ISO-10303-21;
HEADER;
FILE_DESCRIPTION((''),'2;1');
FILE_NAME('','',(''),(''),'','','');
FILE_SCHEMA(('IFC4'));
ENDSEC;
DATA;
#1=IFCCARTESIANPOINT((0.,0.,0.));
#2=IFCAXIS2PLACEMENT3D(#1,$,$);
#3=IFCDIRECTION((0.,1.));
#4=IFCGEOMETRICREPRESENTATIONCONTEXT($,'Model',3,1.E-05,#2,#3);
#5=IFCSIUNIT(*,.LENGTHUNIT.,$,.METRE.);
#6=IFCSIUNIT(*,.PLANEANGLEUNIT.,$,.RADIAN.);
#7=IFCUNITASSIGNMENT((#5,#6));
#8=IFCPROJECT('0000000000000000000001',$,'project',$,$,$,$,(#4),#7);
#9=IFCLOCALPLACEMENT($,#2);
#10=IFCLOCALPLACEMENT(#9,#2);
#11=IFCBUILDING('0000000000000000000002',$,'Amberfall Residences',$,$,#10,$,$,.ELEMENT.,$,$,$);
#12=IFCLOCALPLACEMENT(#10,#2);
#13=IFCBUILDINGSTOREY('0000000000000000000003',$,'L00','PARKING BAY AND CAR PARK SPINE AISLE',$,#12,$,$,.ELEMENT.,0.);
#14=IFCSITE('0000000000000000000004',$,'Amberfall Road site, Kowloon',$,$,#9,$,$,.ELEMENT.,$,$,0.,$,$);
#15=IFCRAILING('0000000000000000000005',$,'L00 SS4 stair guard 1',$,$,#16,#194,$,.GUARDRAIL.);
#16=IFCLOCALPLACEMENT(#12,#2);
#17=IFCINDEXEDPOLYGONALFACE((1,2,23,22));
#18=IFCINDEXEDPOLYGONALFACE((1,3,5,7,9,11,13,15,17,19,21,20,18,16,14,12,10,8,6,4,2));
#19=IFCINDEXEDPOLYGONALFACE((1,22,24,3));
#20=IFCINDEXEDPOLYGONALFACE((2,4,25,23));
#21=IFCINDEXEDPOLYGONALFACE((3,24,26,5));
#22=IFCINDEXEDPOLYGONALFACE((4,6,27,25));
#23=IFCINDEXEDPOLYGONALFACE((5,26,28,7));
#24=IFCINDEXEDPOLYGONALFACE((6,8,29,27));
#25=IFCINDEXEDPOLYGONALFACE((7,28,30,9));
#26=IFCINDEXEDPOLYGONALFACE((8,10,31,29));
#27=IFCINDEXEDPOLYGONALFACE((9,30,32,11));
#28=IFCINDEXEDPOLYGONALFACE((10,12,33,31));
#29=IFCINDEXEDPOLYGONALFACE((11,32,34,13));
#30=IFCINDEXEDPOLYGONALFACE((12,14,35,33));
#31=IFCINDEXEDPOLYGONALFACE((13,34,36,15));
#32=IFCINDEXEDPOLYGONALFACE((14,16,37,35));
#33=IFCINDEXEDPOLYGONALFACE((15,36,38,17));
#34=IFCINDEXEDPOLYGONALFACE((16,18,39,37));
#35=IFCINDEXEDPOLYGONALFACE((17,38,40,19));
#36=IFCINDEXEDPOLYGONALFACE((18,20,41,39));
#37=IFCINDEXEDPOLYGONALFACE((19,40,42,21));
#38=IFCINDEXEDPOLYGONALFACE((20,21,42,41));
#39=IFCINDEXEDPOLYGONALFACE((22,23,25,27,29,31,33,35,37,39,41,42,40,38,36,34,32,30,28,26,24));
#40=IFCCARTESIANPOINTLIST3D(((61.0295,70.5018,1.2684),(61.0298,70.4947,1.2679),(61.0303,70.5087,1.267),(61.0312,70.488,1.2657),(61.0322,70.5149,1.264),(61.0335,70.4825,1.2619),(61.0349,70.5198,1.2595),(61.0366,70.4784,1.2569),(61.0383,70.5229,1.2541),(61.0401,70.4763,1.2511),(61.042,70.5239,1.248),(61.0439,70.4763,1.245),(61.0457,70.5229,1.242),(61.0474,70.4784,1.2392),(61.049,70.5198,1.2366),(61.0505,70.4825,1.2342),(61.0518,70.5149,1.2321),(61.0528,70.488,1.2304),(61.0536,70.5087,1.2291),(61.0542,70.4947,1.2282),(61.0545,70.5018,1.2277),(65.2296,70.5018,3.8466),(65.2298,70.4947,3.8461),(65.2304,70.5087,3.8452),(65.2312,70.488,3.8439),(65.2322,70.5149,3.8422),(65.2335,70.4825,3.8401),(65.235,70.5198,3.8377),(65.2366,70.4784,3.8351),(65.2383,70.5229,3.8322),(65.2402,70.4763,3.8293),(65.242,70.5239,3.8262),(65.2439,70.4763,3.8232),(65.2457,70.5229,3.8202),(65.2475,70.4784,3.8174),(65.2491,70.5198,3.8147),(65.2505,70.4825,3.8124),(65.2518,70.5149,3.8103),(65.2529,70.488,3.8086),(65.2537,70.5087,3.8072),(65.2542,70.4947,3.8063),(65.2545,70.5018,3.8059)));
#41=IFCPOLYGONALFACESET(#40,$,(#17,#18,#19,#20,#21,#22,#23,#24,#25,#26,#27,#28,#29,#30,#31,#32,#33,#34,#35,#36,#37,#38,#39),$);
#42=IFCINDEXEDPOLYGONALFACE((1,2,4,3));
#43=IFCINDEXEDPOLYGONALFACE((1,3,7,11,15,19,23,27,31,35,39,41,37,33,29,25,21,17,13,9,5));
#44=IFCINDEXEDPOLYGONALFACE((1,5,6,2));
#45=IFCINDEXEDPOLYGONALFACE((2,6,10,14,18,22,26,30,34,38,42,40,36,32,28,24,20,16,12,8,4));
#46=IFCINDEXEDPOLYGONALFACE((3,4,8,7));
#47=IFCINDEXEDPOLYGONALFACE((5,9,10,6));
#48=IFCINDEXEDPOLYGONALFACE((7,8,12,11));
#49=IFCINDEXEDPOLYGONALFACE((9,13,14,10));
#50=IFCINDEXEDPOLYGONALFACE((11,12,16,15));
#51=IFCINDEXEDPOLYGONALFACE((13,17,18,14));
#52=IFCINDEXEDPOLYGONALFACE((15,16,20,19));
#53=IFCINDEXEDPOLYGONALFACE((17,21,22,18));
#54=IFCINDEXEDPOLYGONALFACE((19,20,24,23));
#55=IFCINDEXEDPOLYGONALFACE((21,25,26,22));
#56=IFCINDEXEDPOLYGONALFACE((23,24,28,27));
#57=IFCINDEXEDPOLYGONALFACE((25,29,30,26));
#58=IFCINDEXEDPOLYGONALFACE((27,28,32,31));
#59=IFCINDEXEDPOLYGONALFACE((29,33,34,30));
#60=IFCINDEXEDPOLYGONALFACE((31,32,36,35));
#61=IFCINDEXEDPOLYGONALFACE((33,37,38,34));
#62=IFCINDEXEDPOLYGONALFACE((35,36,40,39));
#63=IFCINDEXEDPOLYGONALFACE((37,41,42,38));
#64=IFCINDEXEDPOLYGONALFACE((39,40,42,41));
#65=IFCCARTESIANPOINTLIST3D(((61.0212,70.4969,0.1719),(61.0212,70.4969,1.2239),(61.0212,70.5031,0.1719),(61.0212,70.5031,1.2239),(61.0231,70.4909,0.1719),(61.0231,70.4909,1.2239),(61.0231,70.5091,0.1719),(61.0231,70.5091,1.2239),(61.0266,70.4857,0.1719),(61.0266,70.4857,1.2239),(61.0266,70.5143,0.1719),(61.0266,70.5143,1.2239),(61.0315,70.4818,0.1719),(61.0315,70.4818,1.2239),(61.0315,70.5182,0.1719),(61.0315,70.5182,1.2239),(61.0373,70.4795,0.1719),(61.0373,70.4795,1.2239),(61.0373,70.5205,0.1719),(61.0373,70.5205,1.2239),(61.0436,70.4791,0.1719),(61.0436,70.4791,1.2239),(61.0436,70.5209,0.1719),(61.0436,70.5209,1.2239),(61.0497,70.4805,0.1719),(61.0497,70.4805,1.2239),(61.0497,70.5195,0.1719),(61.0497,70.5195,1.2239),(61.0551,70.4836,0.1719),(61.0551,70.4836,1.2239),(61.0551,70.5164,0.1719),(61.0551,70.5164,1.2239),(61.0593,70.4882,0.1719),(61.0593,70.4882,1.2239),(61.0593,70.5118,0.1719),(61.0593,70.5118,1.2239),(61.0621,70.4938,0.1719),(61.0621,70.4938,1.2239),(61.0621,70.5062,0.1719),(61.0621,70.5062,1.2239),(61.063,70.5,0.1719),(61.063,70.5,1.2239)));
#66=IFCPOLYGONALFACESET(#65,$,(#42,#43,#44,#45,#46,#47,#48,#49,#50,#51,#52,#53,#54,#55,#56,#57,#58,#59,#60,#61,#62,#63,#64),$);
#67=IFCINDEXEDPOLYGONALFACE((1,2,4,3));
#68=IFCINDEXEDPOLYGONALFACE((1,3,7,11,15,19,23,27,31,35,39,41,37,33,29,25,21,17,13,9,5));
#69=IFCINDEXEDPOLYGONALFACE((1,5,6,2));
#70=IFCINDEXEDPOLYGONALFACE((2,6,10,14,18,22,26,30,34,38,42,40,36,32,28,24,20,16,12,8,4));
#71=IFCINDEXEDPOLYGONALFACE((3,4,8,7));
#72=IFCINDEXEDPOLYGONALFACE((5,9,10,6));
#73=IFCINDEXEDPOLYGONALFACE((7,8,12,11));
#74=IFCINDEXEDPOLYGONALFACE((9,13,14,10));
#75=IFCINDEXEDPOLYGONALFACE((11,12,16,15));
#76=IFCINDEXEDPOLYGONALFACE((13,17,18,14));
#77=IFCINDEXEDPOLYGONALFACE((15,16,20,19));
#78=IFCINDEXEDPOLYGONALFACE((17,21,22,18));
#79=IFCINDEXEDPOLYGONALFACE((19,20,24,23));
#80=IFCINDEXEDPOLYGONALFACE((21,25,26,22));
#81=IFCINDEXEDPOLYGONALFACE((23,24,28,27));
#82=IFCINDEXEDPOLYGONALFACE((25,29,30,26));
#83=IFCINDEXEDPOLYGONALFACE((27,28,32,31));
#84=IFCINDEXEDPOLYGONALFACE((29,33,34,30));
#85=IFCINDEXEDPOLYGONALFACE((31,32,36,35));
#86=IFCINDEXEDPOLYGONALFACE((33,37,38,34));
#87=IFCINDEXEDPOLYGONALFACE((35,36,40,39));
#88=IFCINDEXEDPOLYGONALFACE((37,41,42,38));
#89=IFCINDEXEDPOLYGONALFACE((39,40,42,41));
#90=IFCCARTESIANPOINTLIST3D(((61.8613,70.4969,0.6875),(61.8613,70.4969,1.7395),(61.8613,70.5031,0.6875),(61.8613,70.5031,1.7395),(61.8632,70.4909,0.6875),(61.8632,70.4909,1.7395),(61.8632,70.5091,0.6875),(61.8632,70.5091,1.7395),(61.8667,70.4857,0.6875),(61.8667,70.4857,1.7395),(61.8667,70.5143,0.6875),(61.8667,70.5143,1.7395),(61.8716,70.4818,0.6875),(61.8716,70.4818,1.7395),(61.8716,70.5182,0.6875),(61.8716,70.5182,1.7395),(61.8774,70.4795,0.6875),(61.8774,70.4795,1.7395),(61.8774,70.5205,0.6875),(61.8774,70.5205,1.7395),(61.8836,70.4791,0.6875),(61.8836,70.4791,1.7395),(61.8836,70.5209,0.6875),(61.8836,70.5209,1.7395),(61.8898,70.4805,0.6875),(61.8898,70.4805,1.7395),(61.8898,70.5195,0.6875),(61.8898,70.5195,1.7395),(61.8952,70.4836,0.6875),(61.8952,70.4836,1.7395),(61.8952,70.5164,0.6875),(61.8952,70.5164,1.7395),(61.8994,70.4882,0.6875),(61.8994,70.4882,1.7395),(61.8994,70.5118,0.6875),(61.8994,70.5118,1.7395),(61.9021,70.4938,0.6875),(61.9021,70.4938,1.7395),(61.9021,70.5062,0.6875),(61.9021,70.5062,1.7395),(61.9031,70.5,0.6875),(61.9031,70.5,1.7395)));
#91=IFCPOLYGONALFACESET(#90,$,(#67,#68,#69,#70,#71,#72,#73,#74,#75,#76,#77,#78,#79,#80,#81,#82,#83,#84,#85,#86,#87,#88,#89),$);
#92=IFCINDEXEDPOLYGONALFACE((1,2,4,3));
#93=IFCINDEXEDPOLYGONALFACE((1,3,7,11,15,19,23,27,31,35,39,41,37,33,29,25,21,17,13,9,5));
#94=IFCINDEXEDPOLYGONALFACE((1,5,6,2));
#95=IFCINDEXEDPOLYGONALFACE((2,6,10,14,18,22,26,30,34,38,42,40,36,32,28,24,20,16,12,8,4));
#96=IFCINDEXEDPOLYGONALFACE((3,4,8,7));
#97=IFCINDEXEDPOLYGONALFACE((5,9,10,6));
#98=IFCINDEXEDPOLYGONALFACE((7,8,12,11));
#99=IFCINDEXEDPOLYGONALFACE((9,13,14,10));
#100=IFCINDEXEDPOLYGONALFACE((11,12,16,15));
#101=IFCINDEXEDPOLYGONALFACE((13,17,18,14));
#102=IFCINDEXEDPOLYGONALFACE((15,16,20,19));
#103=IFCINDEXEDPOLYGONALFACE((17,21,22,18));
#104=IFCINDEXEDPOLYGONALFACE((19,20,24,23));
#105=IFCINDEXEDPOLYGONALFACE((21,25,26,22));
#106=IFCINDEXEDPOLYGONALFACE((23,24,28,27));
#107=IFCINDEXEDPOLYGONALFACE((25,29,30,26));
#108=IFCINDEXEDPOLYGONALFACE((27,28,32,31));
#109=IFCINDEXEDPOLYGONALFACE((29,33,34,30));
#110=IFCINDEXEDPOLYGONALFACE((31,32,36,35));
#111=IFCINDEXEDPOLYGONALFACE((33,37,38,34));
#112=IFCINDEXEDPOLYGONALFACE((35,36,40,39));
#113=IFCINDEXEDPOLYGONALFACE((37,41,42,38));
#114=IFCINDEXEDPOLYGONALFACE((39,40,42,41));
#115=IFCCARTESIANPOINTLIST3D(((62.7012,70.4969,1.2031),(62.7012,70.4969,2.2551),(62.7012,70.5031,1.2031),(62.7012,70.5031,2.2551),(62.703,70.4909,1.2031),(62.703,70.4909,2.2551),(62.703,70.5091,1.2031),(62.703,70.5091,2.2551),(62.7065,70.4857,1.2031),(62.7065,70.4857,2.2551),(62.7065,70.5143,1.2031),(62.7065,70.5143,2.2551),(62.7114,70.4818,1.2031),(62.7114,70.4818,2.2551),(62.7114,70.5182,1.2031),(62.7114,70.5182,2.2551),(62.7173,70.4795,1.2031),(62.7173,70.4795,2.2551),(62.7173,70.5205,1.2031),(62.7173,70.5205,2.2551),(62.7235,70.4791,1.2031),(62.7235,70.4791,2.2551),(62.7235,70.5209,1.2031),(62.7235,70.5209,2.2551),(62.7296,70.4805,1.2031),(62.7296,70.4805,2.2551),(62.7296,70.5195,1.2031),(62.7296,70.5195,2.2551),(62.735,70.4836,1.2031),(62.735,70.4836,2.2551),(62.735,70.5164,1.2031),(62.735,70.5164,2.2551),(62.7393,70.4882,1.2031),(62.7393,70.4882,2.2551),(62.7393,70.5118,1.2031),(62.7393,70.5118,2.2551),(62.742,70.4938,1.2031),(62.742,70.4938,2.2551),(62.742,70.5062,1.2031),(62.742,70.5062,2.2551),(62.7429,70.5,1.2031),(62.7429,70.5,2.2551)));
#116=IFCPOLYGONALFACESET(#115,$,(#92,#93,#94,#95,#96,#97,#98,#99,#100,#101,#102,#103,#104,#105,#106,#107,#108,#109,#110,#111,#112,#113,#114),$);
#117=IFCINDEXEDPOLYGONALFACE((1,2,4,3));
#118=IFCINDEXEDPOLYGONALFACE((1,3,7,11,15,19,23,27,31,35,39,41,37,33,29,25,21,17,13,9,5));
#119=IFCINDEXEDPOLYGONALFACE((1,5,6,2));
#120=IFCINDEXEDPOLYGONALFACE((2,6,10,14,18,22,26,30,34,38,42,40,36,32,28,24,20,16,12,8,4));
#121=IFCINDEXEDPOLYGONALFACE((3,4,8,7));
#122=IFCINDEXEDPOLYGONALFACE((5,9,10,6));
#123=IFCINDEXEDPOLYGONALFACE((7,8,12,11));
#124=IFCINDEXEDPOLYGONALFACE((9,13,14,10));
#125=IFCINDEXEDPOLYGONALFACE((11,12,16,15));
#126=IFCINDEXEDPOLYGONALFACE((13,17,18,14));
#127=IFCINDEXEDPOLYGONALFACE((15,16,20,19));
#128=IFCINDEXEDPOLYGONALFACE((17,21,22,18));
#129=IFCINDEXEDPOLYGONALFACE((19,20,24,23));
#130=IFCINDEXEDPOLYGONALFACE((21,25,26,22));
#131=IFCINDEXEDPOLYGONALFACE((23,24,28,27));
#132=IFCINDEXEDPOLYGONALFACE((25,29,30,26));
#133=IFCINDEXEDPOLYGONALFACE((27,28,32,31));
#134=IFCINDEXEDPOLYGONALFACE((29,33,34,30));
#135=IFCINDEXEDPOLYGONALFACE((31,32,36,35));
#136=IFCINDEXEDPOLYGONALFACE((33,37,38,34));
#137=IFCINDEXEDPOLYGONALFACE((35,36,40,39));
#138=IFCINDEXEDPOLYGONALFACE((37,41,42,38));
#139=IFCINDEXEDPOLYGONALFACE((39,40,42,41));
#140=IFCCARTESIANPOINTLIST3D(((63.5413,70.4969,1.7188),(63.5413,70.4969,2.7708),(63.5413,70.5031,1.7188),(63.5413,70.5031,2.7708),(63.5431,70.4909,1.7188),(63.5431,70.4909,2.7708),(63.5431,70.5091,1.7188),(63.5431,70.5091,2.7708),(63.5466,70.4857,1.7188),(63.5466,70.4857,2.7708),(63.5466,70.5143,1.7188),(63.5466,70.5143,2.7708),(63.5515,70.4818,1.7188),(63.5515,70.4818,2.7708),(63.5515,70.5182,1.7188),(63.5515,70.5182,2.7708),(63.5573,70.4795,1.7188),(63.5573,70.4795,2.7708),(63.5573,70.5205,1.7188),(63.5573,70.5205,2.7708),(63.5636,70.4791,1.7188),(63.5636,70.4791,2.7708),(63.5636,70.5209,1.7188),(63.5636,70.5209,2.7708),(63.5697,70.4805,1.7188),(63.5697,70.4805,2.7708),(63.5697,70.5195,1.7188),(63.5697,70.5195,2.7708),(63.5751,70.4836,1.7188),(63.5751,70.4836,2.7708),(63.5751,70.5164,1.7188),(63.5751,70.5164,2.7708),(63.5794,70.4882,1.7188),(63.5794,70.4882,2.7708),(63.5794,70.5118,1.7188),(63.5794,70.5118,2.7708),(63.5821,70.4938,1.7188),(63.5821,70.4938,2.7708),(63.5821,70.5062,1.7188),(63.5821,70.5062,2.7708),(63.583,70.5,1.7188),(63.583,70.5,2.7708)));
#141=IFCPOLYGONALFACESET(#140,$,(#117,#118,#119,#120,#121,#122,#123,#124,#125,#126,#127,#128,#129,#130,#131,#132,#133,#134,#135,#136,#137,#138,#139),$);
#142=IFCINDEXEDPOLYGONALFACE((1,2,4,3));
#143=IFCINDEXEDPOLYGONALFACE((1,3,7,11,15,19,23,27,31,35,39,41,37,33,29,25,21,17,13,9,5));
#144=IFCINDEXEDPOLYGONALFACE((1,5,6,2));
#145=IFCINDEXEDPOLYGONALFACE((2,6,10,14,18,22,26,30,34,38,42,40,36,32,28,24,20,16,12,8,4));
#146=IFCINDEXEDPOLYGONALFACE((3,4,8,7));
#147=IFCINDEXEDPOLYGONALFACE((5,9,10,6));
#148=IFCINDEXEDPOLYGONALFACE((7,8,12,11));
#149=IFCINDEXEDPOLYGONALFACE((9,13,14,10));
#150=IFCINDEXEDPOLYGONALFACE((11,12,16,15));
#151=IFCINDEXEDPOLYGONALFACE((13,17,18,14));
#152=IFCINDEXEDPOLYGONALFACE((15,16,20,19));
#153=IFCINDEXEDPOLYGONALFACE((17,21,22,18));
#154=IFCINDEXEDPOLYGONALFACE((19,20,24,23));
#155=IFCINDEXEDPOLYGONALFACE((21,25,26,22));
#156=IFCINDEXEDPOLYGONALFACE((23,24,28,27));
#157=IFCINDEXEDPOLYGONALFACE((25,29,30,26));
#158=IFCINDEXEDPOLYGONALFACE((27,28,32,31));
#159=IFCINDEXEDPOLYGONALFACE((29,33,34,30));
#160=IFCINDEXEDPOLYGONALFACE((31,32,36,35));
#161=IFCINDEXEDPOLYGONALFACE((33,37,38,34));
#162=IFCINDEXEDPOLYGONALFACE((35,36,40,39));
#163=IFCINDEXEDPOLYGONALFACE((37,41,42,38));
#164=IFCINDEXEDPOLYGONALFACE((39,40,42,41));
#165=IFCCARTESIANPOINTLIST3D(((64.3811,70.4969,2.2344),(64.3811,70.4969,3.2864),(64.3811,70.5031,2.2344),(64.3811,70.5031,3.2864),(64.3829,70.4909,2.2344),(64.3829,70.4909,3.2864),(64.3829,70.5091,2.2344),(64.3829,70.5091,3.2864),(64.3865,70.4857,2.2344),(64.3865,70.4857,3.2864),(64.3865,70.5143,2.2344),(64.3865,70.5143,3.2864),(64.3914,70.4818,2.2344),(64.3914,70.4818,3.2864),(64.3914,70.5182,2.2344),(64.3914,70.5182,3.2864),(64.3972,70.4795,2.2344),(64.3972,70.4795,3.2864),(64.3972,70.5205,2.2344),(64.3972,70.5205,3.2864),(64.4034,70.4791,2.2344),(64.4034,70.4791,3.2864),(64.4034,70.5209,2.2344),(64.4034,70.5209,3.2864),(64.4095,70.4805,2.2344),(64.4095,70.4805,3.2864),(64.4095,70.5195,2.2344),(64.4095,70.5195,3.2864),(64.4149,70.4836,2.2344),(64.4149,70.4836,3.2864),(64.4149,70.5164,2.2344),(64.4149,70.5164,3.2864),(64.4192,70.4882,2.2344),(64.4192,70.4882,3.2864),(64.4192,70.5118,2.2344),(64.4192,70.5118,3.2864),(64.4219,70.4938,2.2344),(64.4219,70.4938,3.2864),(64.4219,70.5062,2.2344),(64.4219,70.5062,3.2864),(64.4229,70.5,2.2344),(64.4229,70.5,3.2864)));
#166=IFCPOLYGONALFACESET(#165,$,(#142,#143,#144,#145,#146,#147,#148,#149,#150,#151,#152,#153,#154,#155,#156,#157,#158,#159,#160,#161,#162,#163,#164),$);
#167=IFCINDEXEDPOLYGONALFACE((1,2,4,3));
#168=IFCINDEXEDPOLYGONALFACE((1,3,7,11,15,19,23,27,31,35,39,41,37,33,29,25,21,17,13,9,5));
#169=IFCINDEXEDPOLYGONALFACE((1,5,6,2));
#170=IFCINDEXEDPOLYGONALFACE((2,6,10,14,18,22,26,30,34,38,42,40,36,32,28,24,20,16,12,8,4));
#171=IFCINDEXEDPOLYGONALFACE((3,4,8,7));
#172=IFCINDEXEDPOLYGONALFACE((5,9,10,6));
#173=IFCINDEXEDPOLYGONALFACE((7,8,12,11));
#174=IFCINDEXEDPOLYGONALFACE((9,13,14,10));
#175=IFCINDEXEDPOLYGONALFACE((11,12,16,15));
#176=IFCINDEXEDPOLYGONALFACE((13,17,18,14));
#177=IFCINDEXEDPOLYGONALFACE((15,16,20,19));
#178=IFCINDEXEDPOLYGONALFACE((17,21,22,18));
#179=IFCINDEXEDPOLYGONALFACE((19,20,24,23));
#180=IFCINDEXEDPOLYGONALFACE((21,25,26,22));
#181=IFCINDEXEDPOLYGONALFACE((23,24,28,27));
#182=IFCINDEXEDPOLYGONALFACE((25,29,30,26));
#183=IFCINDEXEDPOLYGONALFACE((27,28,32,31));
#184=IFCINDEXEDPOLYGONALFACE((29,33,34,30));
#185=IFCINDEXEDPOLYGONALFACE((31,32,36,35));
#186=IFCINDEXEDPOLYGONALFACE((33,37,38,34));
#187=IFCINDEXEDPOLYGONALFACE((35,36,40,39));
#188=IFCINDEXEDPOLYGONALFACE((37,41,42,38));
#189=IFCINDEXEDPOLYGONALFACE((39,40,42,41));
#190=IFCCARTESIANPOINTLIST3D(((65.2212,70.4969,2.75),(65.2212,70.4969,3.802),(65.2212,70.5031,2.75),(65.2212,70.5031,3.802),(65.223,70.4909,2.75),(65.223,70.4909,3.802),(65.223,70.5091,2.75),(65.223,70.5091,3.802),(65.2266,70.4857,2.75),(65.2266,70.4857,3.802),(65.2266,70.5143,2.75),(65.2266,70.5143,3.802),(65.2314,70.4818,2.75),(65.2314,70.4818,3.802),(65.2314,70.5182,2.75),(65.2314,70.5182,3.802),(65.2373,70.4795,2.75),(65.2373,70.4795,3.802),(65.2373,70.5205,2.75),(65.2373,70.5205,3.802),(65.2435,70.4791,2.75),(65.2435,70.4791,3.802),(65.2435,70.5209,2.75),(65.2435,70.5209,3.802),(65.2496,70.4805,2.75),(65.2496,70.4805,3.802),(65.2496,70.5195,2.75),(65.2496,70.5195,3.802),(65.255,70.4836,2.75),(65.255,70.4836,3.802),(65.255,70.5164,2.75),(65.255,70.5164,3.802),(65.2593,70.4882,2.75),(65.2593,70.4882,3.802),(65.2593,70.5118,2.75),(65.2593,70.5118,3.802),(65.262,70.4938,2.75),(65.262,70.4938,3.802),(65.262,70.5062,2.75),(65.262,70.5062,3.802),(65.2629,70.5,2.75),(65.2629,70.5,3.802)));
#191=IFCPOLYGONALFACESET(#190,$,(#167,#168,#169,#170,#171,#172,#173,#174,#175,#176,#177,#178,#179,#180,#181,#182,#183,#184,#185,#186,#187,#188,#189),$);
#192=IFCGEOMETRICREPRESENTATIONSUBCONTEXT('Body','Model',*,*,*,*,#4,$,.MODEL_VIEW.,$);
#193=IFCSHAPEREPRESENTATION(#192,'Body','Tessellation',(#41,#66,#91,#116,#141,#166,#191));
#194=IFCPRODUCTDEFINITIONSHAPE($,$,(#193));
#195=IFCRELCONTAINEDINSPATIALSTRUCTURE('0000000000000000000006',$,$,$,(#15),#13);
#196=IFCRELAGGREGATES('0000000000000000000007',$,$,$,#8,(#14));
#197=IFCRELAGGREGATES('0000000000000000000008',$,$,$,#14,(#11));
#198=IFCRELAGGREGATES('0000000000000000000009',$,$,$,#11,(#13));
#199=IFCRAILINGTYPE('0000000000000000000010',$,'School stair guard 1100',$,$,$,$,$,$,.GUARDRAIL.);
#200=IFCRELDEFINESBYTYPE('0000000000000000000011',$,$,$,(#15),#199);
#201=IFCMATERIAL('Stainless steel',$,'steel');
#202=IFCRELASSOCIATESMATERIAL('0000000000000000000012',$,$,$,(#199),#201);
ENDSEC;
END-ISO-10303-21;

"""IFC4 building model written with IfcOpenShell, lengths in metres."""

from ifc_helpers import new_model, si_unit, direction, frame, origin, origin_2d, place, context, subcontext, project, spatial, circle, extrude, material, type_object, element, save


model = new_model("IFC4")

# Units and contexts
model_context = context("Model", 3, precision=1e-05, world=origin(), true_north=direction((0.0, 1.0)))
body_context = subcontext(model_context, "Body", "Model", "MODEL_VIEW")
ifc_project = project(units=[si_unit("LENGTHUNIT", "METRE"), si_unit("PLANEANGLEUNIT", "RADIAN")], contexts=[model_context])

# Site, building, storey
site_placement = place(None, origin())
site = spatial("IfcSite", under=ifc_project, at=site_placement, Name="Amberfall Road site, Kowloon", CompositionType="ELEMENT", RefElevation=0.0)
building_placement = place(site_placement, origin())
building = spatial("IfcBuilding", under=site, at=building_placement, Name="Amberfall Residences", CompositionType="ELEMENT")
storey_placement = place(building_placement, origin())
storey = spatial("IfcBuildingStorey", under=building, at=storey_placement, Name="L00", Description="PARKING BAY AND CAR PARK SPINE AISLE", CompositionType="ELEMENT", Elevation=0.0)

# Railing
ifc_material_1 = material(Name="Stainless steel", Category="steel")
railing_type_1 = type_object("IfcRailingType", Name="School stair guard 1100", PredefinedType="GUARDRAIL", material=ifc_material_1)
railing_1_placement = place(storey_placement, frame((61.042, 70.5, 0.1719)))
element("IfcRailing", 1, at=railing_1_placement, inside=storey, type_object=railing_type_1, Name="L00 SS4 stair guard 1", PredefinedType="GUARDRAIL", context=body_context, shape_type="SweptSolid", body=[
    extrude(circle(Radius=0.0239, at=origin_2d()), frame((0.0, 0.0, 1.0762), z_axis=(0.852243, 0.0, 0.523146), x_axis=(0.0, 1.0, 0.0)), (0.0, 0.0, 1.0), 4.9282),
    extrude(circle(Radius=0.021, at=origin_2d()), origin(), (0.0, 0.0, 1.0), 1.052),
    extrude(circle(Radius=0.021, at=origin_2d()), frame((0.8401, 0.0, 0.5156)), (0.0, 0.0, 1.0), 1.052),
    extrude(circle(Radius=0.021, at=origin_2d()), frame((1.6799, 0.0, 1.0312)), (0.0, 0.0, 1.0), 1.052),
    extrude(circle(Radius=0.021, at=origin_2d()), frame((2.52, 0.0, 1.5469)), (0.0, 0.0, 1.0), 1.052),
    extrude(circle(Radius=0.021, at=origin_2d()), frame((3.3599, 0.0, 2.0625)), (0.0, 0.0, 1.0), 1.052),
    extrude(circle(Radius=0.021, at=origin_2d()), frame((4.2, 0.0, 2.5781)), (0.0, 0.0, 1.0), 1.052),
])

save(model, "model.ifc")
